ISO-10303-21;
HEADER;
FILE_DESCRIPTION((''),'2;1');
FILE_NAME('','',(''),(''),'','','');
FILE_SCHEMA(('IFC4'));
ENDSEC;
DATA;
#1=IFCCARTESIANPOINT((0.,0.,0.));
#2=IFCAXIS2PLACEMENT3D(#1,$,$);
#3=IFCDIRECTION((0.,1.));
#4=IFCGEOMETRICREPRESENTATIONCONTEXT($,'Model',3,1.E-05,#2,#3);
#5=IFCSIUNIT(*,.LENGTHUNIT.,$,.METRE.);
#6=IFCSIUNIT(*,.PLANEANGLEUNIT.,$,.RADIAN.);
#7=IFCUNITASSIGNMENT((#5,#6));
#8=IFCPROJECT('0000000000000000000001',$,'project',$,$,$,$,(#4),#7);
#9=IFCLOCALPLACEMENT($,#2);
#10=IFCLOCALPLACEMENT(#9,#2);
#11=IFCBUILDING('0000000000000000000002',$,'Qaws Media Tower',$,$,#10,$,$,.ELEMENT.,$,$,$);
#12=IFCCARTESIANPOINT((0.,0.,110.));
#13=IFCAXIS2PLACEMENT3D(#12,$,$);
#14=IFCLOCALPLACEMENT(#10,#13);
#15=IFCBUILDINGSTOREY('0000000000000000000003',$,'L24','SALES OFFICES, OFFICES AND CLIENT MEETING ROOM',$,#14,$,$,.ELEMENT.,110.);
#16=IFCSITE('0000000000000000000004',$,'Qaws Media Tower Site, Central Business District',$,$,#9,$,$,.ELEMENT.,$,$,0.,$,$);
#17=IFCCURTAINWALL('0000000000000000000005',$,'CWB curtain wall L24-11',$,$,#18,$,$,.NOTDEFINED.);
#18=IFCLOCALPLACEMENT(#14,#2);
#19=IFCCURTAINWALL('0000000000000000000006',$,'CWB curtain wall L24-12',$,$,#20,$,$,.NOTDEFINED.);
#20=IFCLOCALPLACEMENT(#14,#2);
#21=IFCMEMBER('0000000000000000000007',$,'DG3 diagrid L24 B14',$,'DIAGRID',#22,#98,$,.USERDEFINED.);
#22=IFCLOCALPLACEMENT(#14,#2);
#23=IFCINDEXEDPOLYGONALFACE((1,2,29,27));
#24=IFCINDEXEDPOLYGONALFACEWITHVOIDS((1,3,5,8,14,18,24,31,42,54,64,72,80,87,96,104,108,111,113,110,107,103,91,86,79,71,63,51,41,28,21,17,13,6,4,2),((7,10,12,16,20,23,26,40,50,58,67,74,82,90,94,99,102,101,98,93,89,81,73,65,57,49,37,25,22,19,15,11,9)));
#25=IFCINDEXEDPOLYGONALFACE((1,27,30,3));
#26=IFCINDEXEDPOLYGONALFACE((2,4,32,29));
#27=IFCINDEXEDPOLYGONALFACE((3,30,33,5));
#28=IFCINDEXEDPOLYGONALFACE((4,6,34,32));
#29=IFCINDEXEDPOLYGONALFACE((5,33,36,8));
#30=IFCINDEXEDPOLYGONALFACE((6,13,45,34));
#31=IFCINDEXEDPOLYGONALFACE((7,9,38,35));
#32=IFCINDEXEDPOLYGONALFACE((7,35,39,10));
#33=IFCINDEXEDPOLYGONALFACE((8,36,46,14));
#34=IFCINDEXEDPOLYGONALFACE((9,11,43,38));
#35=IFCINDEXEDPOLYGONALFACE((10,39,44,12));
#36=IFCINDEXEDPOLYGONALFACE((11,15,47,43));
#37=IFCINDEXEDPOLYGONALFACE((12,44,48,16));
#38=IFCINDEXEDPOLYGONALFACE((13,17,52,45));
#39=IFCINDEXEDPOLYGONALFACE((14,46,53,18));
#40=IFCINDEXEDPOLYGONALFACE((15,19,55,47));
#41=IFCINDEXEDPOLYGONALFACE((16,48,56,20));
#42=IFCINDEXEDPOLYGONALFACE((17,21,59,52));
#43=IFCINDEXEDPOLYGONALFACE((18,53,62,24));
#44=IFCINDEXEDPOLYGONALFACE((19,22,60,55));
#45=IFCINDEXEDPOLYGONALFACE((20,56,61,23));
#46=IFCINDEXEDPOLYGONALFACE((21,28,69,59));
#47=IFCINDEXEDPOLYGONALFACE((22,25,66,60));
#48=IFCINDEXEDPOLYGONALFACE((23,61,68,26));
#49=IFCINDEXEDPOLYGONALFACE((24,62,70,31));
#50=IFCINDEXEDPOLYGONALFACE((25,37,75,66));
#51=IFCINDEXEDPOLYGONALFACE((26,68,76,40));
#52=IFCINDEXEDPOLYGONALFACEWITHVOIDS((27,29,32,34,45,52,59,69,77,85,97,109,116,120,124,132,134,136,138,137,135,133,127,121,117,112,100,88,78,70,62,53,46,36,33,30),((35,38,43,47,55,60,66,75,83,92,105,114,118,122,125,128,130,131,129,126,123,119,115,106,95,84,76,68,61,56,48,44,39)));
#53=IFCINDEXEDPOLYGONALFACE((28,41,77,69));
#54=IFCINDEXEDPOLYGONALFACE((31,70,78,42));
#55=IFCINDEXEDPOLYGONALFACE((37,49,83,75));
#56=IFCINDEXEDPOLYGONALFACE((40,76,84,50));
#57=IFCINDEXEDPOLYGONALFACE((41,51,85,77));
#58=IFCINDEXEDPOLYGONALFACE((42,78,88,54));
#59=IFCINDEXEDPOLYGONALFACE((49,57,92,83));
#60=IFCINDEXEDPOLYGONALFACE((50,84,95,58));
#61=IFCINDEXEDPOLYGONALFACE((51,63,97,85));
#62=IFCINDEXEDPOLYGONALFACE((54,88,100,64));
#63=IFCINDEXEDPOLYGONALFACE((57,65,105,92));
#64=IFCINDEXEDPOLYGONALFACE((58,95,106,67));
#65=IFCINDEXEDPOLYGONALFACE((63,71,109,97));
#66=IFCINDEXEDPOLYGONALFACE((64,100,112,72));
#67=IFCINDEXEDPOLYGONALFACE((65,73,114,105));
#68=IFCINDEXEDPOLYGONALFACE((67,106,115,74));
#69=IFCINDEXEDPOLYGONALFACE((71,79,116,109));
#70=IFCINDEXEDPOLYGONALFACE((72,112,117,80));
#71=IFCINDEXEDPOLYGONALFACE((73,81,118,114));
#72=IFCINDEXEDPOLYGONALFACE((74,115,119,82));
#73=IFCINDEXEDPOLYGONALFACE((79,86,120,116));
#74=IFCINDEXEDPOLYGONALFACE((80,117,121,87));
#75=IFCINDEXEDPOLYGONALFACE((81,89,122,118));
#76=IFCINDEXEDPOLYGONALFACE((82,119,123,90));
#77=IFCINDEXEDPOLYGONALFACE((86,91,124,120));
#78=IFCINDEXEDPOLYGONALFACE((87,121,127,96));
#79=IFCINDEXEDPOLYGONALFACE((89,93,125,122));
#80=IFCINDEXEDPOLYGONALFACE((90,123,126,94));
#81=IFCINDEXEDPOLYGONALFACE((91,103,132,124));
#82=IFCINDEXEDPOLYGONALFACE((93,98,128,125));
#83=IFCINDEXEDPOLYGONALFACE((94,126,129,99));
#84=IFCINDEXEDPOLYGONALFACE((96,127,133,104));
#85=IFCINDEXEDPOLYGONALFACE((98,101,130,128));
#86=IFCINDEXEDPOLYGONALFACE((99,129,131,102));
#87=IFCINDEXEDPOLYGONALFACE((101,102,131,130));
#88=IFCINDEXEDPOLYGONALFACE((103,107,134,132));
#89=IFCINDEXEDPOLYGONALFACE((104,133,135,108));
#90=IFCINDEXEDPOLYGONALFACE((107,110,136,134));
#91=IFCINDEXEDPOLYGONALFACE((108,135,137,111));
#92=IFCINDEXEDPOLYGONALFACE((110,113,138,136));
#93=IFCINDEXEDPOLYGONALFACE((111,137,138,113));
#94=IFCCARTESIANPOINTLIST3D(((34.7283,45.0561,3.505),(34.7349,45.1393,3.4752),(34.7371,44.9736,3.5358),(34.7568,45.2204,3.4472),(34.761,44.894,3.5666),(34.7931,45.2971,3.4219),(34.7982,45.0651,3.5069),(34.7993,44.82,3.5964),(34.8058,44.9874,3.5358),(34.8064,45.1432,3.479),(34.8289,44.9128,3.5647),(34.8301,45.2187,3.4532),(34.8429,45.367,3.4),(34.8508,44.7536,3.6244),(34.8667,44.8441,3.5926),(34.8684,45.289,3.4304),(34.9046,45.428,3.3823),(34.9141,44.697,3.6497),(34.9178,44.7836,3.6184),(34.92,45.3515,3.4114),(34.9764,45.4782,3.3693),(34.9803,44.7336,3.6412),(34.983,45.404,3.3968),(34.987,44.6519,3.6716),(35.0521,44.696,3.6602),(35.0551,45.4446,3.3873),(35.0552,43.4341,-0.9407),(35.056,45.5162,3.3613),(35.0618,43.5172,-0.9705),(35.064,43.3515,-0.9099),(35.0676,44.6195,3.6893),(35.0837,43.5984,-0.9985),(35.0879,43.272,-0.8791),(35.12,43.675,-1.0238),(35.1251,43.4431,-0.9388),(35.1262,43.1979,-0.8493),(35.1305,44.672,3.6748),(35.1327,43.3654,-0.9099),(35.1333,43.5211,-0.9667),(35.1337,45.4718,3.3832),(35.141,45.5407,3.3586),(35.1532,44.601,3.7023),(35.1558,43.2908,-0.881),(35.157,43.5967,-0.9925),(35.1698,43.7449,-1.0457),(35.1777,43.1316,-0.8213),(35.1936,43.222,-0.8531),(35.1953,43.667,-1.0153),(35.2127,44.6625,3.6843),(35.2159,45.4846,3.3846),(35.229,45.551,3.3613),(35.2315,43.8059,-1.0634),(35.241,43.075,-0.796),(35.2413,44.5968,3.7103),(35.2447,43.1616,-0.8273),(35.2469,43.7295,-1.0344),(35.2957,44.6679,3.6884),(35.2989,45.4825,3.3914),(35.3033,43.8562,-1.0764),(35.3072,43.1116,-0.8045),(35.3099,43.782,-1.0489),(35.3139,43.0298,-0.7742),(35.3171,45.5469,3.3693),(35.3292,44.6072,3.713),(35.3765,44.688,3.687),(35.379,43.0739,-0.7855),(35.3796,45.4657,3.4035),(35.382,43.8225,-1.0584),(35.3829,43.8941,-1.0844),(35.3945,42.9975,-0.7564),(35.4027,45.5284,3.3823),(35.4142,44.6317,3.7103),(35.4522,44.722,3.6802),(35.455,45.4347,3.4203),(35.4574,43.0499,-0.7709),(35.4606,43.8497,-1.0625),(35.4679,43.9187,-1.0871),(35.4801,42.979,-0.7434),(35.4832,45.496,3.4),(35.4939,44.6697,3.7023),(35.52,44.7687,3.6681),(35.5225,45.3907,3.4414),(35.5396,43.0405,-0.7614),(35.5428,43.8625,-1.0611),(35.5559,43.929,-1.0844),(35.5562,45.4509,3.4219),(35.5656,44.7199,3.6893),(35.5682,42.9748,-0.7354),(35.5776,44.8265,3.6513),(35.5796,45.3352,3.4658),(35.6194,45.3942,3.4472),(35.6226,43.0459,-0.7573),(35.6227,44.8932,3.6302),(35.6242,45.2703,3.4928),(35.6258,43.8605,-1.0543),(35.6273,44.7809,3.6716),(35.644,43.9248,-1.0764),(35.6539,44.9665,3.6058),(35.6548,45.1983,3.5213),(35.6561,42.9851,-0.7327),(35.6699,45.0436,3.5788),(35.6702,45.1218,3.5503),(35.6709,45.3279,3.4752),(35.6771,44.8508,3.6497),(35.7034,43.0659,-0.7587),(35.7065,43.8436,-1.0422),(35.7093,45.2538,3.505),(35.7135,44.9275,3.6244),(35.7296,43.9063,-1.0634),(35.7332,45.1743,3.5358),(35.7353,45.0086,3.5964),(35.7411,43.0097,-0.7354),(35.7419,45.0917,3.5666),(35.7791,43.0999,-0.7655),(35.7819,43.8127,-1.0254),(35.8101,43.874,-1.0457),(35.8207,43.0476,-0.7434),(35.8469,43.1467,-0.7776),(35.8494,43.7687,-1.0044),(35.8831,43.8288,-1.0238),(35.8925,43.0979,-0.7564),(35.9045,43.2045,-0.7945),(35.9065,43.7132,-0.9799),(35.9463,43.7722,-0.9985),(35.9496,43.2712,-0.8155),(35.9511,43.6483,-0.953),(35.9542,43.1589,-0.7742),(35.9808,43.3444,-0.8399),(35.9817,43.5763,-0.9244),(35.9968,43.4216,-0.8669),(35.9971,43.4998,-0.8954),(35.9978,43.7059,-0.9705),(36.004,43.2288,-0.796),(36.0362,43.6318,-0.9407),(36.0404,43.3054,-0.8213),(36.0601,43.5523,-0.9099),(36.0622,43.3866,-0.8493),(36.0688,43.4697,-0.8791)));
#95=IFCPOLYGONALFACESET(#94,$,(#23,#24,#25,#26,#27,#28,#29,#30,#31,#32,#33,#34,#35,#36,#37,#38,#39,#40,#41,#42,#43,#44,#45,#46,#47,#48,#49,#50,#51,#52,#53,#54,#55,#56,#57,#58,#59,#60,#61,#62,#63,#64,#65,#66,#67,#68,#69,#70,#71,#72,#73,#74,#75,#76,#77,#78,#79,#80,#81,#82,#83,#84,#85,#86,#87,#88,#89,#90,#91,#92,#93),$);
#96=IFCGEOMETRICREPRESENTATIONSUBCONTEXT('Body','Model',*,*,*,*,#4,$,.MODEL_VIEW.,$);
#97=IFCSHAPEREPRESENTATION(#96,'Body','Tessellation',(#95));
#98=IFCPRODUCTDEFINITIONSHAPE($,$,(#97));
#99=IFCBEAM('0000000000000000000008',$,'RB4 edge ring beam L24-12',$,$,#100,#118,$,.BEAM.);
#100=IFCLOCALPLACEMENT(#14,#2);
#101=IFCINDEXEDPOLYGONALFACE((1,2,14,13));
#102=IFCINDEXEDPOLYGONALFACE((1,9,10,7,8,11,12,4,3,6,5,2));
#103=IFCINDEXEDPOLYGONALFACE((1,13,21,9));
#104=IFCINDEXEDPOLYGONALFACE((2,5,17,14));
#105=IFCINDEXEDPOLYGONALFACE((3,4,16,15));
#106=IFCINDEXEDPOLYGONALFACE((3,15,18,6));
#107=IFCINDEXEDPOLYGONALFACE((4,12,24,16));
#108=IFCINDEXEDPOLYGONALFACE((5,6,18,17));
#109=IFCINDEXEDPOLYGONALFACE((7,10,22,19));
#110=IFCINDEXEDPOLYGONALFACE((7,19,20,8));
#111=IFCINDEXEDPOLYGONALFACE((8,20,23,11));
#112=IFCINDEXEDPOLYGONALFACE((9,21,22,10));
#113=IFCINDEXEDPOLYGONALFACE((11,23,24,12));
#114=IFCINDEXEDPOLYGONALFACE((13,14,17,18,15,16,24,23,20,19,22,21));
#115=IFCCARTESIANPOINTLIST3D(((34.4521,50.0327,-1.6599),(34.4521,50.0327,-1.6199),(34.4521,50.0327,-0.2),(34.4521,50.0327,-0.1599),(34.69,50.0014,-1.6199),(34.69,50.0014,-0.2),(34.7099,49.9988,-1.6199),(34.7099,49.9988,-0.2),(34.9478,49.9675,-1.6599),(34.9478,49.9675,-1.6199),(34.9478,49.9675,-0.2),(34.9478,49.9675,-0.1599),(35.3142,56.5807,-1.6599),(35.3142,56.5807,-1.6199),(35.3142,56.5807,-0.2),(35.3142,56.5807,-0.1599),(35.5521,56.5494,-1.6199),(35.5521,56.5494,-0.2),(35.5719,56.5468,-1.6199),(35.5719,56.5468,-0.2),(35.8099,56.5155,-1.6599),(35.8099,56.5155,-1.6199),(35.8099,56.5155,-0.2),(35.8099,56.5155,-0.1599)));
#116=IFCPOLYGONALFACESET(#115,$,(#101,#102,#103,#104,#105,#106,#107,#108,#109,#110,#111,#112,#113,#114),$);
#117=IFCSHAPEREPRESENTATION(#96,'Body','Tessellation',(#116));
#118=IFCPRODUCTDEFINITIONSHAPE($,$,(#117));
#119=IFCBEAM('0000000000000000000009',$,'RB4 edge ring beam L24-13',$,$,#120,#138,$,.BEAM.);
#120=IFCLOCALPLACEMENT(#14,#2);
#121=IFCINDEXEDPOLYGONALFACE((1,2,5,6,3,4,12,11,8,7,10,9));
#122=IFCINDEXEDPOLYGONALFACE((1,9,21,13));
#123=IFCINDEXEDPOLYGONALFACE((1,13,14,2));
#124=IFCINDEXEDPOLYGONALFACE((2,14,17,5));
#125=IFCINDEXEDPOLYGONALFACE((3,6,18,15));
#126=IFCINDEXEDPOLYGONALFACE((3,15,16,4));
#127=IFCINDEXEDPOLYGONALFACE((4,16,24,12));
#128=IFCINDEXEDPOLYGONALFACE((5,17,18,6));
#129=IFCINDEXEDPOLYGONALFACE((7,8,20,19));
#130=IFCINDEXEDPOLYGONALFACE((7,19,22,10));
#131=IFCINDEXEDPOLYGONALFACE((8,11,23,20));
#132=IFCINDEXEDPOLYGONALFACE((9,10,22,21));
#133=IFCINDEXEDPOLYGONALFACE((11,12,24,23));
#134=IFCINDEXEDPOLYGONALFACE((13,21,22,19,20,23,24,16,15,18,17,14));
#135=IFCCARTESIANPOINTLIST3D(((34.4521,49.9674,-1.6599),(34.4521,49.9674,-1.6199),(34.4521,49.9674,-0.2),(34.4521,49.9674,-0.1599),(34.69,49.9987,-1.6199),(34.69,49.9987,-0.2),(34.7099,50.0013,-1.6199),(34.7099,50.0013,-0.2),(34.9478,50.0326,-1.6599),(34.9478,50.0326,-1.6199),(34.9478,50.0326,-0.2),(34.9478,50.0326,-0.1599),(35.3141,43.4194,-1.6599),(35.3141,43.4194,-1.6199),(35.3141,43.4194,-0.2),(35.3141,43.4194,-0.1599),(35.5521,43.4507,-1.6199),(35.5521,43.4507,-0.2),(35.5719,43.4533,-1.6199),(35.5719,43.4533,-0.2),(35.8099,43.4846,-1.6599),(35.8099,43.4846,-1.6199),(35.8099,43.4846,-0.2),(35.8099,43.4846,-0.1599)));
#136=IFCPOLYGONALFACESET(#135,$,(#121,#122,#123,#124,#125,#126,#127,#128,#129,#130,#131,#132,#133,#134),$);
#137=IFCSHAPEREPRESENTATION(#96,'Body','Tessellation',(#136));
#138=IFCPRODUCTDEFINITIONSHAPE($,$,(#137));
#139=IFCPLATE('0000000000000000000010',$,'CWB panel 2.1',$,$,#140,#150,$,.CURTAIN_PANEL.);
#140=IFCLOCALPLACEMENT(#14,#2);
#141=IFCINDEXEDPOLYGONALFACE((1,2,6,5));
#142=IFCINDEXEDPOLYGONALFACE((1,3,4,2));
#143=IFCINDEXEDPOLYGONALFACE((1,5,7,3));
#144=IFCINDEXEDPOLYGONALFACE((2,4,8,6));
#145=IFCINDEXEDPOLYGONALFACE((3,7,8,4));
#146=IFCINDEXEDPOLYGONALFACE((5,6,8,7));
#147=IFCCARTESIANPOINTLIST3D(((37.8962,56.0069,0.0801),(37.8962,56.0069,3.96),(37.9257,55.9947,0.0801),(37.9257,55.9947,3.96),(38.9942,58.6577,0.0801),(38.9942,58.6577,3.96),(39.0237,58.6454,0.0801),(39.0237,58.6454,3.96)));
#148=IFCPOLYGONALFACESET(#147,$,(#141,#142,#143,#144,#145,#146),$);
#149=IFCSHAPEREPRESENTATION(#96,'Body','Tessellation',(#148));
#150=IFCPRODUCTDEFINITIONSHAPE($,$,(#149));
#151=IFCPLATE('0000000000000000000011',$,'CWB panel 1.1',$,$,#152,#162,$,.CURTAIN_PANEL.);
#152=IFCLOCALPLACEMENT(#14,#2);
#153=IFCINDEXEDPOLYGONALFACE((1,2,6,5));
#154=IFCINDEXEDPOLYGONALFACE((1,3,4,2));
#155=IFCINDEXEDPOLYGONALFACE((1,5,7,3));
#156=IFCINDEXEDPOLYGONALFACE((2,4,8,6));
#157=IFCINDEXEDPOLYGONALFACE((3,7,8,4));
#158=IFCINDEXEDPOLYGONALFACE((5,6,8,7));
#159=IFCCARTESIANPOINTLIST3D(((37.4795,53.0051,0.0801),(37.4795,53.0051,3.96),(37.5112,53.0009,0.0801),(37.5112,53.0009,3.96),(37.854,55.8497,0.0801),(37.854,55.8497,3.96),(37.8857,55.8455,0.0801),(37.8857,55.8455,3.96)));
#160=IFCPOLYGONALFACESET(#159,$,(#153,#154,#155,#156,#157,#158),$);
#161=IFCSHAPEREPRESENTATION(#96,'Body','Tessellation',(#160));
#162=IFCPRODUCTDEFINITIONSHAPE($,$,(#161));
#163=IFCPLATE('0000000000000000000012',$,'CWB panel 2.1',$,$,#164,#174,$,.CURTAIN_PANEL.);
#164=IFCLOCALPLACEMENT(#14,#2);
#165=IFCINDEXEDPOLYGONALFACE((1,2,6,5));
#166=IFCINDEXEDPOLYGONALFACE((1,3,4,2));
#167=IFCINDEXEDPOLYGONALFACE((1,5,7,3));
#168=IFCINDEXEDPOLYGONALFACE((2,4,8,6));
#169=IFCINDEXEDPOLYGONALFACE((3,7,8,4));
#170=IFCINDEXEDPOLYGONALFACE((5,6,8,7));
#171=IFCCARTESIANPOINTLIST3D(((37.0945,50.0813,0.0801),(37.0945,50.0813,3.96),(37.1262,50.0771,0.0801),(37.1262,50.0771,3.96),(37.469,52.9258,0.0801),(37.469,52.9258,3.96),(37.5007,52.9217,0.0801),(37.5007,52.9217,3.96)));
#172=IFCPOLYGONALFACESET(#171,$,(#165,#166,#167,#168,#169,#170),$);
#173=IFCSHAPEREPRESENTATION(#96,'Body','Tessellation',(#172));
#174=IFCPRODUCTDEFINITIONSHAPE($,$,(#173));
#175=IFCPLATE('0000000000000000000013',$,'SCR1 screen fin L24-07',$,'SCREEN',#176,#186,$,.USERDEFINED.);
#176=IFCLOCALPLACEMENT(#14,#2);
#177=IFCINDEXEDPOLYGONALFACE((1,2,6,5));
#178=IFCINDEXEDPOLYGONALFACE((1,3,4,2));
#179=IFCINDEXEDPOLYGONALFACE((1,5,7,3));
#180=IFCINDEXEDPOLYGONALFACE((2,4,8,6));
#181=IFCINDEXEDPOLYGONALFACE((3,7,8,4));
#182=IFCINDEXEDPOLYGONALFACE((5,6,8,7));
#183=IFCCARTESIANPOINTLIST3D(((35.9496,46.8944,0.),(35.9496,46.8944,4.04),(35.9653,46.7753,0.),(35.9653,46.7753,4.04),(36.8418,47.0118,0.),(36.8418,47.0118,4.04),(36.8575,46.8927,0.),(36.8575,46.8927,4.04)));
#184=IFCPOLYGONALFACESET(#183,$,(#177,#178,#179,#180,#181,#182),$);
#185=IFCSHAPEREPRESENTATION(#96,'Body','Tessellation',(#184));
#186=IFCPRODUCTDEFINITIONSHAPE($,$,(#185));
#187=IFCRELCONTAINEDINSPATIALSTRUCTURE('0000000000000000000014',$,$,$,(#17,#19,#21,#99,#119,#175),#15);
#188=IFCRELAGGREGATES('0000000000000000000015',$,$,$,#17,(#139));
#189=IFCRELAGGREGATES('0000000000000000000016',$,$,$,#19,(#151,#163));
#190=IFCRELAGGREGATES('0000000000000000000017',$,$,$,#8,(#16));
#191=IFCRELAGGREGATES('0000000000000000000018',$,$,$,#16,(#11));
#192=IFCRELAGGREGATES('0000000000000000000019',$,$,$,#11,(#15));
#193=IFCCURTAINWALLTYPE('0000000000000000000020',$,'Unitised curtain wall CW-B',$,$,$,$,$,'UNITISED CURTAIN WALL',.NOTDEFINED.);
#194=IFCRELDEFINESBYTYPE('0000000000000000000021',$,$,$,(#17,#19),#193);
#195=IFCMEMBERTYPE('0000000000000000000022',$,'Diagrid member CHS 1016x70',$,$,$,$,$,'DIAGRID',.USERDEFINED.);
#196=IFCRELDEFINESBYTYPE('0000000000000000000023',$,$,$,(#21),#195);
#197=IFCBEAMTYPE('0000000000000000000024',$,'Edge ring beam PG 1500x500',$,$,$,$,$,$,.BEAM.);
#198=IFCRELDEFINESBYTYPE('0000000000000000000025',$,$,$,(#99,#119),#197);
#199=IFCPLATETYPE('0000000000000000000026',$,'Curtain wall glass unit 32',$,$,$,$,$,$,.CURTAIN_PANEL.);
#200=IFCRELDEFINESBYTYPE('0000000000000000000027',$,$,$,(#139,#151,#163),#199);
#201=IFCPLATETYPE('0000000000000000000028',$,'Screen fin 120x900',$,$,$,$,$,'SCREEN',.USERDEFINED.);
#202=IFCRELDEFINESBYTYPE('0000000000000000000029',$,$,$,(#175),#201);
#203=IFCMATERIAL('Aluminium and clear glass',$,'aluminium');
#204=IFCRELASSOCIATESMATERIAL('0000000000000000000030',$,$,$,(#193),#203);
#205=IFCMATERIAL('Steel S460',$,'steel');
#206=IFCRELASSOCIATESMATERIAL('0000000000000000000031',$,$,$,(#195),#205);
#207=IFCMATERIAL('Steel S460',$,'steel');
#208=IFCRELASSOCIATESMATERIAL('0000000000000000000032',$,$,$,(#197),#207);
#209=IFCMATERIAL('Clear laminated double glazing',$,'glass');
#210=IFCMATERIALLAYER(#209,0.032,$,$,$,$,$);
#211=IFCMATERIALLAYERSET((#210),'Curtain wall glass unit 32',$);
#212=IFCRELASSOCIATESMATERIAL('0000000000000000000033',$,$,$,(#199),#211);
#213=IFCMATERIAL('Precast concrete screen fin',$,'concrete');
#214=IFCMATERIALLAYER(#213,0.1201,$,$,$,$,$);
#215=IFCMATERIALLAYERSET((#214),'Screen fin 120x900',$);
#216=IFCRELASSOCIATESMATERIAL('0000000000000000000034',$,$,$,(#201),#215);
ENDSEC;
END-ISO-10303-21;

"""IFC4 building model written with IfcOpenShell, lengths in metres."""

from ifc_helpers import new_model, si_unit, direction, frame, origin, origin_2d, place, context, subcontext, project, spatial, rectangle, hollow_circle, i_section, extrude, material, layer, layer_set, material_profile, profile_set, type_object, element, aggregate, save


model = new_model("IFC4")

# Units and contexts
model_context = context("Model", 3, precision=1e-05, world=origin(), true_north=direction((0.0, 1.0)))
body_context = subcontext(model_context, "Body", "Model", "MODEL_VIEW")
ifc_project = project(units=[si_unit("LENGTHUNIT", "METRE"), si_unit("PLANEANGLEUNIT", "RADIAN")], contexts=[model_context])

# Site, building, storey
site_placement = place(None, origin())
site = spatial("IfcSite", under=ifc_project, at=site_placement, Name="Qaws Media Tower Site, Central Business District", CompositionType="ELEMENT", RefElevation=0.0)
building_placement = place(site_placement, origin())
building = spatial("IfcBuilding", under=site, at=building_placement, Name="Qaws Media Tower", CompositionType="ELEMENT")
storey_placement = place(building_placement, frame((0.0, 0.0, 110.0)))
storey = spatial("IfcBuildingStorey", under=building, at=storey_placement, Name="L24", Description="SALES OFFICES, OFFICES AND CLIENT MEETING ROOM", CompositionType="ELEMENT", Elevation=110.0)

# Curtain wall
ifc_material_1 = material(Name="Aluminium and clear glass", Category="aluminium")
curtain_wall_type = type_object("IfcCurtainWallType", Name="Unitised curtain wall CW-B", ElementType="UNITISED CURTAIN WALL", PredefinedType="NOTDEFINED", material=ifc_material_1)
curtain_wall_1_placement = place(storey_placement, origin())
curtain_wall_1 = element("IfcCurtainWall", 1, at=curtain_wall_1_placement, inside=storey, type_object=curtain_wall_type, Name="CWB curtain wall L24-11", PredefinedType="NOTDEFINED")

# Curtain wall
curtain_wall_2_placement = place(storey_placement, origin())
curtain_wall_2 = element("IfcCurtainWall", 2, at=curtain_wall_2_placement, inside=storey, type_object=curtain_wall_type, Name="CWB curtain wall L24-12", PredefinedType="NOTDEFINED")

# Member
ifc_material_2 = material(Name="Steel S460", Category="steel")
ifc_material_profile_1 = material_profile(ifc_material_2, hollow_circle(Radius=0.5081, WallThickness=0.0701, at=origin_2d()), Name="CHS 1016x70")
ifc_profile_set_1 = profile_set([ifc_material_profile_1], Name="Steel S460")
member_type_1 = type_object("IfcMemberType", Name="Diagrid member CHS 1016x70", ElementType="DIAGRID", PredefinedType="USERDEFINED", material=ifc_profile_set_1)
for number, where, z_axis, x_axis, name in (
    (3, (35.562, 43.4519, -0.9099), (-0.068913, 0.341939, 0.937192), (-0.98029, -0.197563, 0.0), "DG3 diagrid L24 B14"),
):
    element("IfcMember", number, at=place(storey_placement, frame(where, z_axis=z_axis, x_axis=x_axis)), inside=storey, type_object=member_type_1, Name=name, ObjectType="DIAGRID", PredefinedType="USERDEFINED", context=body_context, shape_type="SweptSolid", body=[
        extrude(hollow_circle(Radius=0.5081, WallThickness=0.0701, at=origin_2d()), origin(), (0.0, 0.0, 1.0), 4.7437),
    ])

# Beams
ifc_material_3 = material(Name="Steel S460", Category="steel")
ifc_material_profile_2 = material_profile(ifc_material_3, i_section(OverallWidth=0.5, OverallDepth=1.5, WebThickness=0.02, FlangeThickness=0.04, at=origin_2d()), Name="PG 1500x500")
ifc_profile_set_2 = profile_set([ifc_material_profile_2], Name="Steel S460")
beam_type = type_object("IfcBeamType", Name="Edge ring beam PG 1500x500", PredefinedType="BEAM", material=ifc_profile_set_2)
for number, where, z_axis, x_axis, name in (
    (4, (35.562, 56.5481, -0.9099), (-0.130524, -0.991445, 0.0), (0.991445, -0.130524, 0.0), "RB4 edge ring beam L24-12"),
    (5, (34.7, 50.0, -0.9099), (0.130524, -0.991445, 0.0), (0.991445, 0.130524, 0.0), "RB4 edge ring beam L24-13"),
):
    element("IfcBeam", number, at=place(storey_placement, frame(where, z_axis=z_axis, x_axis=x_axis)), inside=storey, type_object=beam_type, Name=name, PredefinedType="BEAM", context=body_context, shape_type="SweptSolid", body=[
        extrude(i_section(OverallWidth=0.5, OverallDepth=1.5, WebThickness=0.02, FlangeThickness=0.04, at=origin_2d()), origin(), (0.0, 0.0, 1.0), 6.6045),
    ])

# Plates
ifc_material_4 = material(Name="Clear laminated double glazing", Category="glass")
ifc_layer_1 = layer(ifc_material_4, 0.032)
ifc_layer_set_1 = layer_set([ifc_layer_1], Name="Curtain wall glass unit 32")
plate_type_1 = type_object("IfcPlateType", Name="Curtain wall glass unit 32", PredefinedType="CURTAIN_PANEL", material=ifc_layer_set_1)
plate_1_placement = place(storey_placement, frame((38.46, 57.3262, 0.0801), z_axis=(0.0, 0.0, 1.0), x_axis=(-0.382683, -0.92388, 0.0)))
plate_1 = element("IfcPlate", 6, at=plate_1_placement, type_object=plate_type_1, Name="CWB panel 2.1", PredefinedType="CURTAIN_PANEL", context=body_context, shape_type="SweptSolid", body=[
    extrude(rectangle(XDim=2.8691, YDim=0.032, at=origin_2d()), origin(), (0.0, 0.0, 1.0), 3.8799),
])
aggregate(curtain_wall_1, [plate_1])
plate_2_placement = place(storey_placement, frame((37.6826, 54.4253, 0.0801), z_axis=(0.0, 0.0, 1.0), x_axis=(-0.130526, -0.991445, 0.0)))
plate_2 = element("IfcPlate", 7, at=plate_2_placement, type_object=plate_type_1, Name="CWB panel 1.1", PredefinedType="CURTAIN_PANEL", context=body_context, shape_type="SweptSolid", body=[
    extrude(rectangle(XDim=2.8691, YDim=0.032, at=origin_2d()), origin(), (0.0, 0.0, 1.0), 3.8799),
])
plate_3_placement = place(storey_placement, frame((37.2976, 51.5015, 0.0801), z_axis=(0.0, 0.0, 1.0), x_axis=(-0.130526, -0.991445, 0.0)))
plate_3 = element("IfcPlate", 8, at=plate_3_placement, type_object=plate_type_1, Name="CWB panel 2.1", PredefinedType="CURTAIN_PANEL", context=body_context, shape_type="SweptSolid", body=[
    extrude(rectangle(XDim=2.8691, YDim=0.032, at=origin_2d()), origin(), (0.0, 0.0, 1.0), 3.8799),
])
aggregate(curtain_wall_2, [plate_2, plate_3])
ifc_material_5 = material(Name="Precast concrete screen fin", Category="concrete")
ifc_layer_2 = layer(ifc_material_5, 0.1201)
ifc_layer_set_2 = layer_set([ifc_layer_2], Name="Screen fin 120x900")
plate_type_2 = type_object("IfcPlateType", Name="Screen fin 120x900", ElementType="SCREEN", PredefinedType="USERDEFINED", material=ifc_layer_set_2)
plate_4_placement = place(storey_placement, frame((36.4036, 46.8936, 0.0), z_axis=(0.0, 0.0, 1.0), x_axis=(-0.991445, -0.130526, 0.0)))
element("IfcPlate", 9, at=plate_4_placement, inside=storey, type_object=plate_type_2, Name="SCR1 screen fin L24-07", ObjectType="SCREEN", PredefinedType="USERDEFINED", context=body_context, shape_type="SweptSolid", body=[
    extrude(rectangle(XDim=0.8999, YDim=0.1201, at=origin_2d()), origin(), (0.0, 0.0, 1.0), 4.04),
])

save(model, "model.ifc")
